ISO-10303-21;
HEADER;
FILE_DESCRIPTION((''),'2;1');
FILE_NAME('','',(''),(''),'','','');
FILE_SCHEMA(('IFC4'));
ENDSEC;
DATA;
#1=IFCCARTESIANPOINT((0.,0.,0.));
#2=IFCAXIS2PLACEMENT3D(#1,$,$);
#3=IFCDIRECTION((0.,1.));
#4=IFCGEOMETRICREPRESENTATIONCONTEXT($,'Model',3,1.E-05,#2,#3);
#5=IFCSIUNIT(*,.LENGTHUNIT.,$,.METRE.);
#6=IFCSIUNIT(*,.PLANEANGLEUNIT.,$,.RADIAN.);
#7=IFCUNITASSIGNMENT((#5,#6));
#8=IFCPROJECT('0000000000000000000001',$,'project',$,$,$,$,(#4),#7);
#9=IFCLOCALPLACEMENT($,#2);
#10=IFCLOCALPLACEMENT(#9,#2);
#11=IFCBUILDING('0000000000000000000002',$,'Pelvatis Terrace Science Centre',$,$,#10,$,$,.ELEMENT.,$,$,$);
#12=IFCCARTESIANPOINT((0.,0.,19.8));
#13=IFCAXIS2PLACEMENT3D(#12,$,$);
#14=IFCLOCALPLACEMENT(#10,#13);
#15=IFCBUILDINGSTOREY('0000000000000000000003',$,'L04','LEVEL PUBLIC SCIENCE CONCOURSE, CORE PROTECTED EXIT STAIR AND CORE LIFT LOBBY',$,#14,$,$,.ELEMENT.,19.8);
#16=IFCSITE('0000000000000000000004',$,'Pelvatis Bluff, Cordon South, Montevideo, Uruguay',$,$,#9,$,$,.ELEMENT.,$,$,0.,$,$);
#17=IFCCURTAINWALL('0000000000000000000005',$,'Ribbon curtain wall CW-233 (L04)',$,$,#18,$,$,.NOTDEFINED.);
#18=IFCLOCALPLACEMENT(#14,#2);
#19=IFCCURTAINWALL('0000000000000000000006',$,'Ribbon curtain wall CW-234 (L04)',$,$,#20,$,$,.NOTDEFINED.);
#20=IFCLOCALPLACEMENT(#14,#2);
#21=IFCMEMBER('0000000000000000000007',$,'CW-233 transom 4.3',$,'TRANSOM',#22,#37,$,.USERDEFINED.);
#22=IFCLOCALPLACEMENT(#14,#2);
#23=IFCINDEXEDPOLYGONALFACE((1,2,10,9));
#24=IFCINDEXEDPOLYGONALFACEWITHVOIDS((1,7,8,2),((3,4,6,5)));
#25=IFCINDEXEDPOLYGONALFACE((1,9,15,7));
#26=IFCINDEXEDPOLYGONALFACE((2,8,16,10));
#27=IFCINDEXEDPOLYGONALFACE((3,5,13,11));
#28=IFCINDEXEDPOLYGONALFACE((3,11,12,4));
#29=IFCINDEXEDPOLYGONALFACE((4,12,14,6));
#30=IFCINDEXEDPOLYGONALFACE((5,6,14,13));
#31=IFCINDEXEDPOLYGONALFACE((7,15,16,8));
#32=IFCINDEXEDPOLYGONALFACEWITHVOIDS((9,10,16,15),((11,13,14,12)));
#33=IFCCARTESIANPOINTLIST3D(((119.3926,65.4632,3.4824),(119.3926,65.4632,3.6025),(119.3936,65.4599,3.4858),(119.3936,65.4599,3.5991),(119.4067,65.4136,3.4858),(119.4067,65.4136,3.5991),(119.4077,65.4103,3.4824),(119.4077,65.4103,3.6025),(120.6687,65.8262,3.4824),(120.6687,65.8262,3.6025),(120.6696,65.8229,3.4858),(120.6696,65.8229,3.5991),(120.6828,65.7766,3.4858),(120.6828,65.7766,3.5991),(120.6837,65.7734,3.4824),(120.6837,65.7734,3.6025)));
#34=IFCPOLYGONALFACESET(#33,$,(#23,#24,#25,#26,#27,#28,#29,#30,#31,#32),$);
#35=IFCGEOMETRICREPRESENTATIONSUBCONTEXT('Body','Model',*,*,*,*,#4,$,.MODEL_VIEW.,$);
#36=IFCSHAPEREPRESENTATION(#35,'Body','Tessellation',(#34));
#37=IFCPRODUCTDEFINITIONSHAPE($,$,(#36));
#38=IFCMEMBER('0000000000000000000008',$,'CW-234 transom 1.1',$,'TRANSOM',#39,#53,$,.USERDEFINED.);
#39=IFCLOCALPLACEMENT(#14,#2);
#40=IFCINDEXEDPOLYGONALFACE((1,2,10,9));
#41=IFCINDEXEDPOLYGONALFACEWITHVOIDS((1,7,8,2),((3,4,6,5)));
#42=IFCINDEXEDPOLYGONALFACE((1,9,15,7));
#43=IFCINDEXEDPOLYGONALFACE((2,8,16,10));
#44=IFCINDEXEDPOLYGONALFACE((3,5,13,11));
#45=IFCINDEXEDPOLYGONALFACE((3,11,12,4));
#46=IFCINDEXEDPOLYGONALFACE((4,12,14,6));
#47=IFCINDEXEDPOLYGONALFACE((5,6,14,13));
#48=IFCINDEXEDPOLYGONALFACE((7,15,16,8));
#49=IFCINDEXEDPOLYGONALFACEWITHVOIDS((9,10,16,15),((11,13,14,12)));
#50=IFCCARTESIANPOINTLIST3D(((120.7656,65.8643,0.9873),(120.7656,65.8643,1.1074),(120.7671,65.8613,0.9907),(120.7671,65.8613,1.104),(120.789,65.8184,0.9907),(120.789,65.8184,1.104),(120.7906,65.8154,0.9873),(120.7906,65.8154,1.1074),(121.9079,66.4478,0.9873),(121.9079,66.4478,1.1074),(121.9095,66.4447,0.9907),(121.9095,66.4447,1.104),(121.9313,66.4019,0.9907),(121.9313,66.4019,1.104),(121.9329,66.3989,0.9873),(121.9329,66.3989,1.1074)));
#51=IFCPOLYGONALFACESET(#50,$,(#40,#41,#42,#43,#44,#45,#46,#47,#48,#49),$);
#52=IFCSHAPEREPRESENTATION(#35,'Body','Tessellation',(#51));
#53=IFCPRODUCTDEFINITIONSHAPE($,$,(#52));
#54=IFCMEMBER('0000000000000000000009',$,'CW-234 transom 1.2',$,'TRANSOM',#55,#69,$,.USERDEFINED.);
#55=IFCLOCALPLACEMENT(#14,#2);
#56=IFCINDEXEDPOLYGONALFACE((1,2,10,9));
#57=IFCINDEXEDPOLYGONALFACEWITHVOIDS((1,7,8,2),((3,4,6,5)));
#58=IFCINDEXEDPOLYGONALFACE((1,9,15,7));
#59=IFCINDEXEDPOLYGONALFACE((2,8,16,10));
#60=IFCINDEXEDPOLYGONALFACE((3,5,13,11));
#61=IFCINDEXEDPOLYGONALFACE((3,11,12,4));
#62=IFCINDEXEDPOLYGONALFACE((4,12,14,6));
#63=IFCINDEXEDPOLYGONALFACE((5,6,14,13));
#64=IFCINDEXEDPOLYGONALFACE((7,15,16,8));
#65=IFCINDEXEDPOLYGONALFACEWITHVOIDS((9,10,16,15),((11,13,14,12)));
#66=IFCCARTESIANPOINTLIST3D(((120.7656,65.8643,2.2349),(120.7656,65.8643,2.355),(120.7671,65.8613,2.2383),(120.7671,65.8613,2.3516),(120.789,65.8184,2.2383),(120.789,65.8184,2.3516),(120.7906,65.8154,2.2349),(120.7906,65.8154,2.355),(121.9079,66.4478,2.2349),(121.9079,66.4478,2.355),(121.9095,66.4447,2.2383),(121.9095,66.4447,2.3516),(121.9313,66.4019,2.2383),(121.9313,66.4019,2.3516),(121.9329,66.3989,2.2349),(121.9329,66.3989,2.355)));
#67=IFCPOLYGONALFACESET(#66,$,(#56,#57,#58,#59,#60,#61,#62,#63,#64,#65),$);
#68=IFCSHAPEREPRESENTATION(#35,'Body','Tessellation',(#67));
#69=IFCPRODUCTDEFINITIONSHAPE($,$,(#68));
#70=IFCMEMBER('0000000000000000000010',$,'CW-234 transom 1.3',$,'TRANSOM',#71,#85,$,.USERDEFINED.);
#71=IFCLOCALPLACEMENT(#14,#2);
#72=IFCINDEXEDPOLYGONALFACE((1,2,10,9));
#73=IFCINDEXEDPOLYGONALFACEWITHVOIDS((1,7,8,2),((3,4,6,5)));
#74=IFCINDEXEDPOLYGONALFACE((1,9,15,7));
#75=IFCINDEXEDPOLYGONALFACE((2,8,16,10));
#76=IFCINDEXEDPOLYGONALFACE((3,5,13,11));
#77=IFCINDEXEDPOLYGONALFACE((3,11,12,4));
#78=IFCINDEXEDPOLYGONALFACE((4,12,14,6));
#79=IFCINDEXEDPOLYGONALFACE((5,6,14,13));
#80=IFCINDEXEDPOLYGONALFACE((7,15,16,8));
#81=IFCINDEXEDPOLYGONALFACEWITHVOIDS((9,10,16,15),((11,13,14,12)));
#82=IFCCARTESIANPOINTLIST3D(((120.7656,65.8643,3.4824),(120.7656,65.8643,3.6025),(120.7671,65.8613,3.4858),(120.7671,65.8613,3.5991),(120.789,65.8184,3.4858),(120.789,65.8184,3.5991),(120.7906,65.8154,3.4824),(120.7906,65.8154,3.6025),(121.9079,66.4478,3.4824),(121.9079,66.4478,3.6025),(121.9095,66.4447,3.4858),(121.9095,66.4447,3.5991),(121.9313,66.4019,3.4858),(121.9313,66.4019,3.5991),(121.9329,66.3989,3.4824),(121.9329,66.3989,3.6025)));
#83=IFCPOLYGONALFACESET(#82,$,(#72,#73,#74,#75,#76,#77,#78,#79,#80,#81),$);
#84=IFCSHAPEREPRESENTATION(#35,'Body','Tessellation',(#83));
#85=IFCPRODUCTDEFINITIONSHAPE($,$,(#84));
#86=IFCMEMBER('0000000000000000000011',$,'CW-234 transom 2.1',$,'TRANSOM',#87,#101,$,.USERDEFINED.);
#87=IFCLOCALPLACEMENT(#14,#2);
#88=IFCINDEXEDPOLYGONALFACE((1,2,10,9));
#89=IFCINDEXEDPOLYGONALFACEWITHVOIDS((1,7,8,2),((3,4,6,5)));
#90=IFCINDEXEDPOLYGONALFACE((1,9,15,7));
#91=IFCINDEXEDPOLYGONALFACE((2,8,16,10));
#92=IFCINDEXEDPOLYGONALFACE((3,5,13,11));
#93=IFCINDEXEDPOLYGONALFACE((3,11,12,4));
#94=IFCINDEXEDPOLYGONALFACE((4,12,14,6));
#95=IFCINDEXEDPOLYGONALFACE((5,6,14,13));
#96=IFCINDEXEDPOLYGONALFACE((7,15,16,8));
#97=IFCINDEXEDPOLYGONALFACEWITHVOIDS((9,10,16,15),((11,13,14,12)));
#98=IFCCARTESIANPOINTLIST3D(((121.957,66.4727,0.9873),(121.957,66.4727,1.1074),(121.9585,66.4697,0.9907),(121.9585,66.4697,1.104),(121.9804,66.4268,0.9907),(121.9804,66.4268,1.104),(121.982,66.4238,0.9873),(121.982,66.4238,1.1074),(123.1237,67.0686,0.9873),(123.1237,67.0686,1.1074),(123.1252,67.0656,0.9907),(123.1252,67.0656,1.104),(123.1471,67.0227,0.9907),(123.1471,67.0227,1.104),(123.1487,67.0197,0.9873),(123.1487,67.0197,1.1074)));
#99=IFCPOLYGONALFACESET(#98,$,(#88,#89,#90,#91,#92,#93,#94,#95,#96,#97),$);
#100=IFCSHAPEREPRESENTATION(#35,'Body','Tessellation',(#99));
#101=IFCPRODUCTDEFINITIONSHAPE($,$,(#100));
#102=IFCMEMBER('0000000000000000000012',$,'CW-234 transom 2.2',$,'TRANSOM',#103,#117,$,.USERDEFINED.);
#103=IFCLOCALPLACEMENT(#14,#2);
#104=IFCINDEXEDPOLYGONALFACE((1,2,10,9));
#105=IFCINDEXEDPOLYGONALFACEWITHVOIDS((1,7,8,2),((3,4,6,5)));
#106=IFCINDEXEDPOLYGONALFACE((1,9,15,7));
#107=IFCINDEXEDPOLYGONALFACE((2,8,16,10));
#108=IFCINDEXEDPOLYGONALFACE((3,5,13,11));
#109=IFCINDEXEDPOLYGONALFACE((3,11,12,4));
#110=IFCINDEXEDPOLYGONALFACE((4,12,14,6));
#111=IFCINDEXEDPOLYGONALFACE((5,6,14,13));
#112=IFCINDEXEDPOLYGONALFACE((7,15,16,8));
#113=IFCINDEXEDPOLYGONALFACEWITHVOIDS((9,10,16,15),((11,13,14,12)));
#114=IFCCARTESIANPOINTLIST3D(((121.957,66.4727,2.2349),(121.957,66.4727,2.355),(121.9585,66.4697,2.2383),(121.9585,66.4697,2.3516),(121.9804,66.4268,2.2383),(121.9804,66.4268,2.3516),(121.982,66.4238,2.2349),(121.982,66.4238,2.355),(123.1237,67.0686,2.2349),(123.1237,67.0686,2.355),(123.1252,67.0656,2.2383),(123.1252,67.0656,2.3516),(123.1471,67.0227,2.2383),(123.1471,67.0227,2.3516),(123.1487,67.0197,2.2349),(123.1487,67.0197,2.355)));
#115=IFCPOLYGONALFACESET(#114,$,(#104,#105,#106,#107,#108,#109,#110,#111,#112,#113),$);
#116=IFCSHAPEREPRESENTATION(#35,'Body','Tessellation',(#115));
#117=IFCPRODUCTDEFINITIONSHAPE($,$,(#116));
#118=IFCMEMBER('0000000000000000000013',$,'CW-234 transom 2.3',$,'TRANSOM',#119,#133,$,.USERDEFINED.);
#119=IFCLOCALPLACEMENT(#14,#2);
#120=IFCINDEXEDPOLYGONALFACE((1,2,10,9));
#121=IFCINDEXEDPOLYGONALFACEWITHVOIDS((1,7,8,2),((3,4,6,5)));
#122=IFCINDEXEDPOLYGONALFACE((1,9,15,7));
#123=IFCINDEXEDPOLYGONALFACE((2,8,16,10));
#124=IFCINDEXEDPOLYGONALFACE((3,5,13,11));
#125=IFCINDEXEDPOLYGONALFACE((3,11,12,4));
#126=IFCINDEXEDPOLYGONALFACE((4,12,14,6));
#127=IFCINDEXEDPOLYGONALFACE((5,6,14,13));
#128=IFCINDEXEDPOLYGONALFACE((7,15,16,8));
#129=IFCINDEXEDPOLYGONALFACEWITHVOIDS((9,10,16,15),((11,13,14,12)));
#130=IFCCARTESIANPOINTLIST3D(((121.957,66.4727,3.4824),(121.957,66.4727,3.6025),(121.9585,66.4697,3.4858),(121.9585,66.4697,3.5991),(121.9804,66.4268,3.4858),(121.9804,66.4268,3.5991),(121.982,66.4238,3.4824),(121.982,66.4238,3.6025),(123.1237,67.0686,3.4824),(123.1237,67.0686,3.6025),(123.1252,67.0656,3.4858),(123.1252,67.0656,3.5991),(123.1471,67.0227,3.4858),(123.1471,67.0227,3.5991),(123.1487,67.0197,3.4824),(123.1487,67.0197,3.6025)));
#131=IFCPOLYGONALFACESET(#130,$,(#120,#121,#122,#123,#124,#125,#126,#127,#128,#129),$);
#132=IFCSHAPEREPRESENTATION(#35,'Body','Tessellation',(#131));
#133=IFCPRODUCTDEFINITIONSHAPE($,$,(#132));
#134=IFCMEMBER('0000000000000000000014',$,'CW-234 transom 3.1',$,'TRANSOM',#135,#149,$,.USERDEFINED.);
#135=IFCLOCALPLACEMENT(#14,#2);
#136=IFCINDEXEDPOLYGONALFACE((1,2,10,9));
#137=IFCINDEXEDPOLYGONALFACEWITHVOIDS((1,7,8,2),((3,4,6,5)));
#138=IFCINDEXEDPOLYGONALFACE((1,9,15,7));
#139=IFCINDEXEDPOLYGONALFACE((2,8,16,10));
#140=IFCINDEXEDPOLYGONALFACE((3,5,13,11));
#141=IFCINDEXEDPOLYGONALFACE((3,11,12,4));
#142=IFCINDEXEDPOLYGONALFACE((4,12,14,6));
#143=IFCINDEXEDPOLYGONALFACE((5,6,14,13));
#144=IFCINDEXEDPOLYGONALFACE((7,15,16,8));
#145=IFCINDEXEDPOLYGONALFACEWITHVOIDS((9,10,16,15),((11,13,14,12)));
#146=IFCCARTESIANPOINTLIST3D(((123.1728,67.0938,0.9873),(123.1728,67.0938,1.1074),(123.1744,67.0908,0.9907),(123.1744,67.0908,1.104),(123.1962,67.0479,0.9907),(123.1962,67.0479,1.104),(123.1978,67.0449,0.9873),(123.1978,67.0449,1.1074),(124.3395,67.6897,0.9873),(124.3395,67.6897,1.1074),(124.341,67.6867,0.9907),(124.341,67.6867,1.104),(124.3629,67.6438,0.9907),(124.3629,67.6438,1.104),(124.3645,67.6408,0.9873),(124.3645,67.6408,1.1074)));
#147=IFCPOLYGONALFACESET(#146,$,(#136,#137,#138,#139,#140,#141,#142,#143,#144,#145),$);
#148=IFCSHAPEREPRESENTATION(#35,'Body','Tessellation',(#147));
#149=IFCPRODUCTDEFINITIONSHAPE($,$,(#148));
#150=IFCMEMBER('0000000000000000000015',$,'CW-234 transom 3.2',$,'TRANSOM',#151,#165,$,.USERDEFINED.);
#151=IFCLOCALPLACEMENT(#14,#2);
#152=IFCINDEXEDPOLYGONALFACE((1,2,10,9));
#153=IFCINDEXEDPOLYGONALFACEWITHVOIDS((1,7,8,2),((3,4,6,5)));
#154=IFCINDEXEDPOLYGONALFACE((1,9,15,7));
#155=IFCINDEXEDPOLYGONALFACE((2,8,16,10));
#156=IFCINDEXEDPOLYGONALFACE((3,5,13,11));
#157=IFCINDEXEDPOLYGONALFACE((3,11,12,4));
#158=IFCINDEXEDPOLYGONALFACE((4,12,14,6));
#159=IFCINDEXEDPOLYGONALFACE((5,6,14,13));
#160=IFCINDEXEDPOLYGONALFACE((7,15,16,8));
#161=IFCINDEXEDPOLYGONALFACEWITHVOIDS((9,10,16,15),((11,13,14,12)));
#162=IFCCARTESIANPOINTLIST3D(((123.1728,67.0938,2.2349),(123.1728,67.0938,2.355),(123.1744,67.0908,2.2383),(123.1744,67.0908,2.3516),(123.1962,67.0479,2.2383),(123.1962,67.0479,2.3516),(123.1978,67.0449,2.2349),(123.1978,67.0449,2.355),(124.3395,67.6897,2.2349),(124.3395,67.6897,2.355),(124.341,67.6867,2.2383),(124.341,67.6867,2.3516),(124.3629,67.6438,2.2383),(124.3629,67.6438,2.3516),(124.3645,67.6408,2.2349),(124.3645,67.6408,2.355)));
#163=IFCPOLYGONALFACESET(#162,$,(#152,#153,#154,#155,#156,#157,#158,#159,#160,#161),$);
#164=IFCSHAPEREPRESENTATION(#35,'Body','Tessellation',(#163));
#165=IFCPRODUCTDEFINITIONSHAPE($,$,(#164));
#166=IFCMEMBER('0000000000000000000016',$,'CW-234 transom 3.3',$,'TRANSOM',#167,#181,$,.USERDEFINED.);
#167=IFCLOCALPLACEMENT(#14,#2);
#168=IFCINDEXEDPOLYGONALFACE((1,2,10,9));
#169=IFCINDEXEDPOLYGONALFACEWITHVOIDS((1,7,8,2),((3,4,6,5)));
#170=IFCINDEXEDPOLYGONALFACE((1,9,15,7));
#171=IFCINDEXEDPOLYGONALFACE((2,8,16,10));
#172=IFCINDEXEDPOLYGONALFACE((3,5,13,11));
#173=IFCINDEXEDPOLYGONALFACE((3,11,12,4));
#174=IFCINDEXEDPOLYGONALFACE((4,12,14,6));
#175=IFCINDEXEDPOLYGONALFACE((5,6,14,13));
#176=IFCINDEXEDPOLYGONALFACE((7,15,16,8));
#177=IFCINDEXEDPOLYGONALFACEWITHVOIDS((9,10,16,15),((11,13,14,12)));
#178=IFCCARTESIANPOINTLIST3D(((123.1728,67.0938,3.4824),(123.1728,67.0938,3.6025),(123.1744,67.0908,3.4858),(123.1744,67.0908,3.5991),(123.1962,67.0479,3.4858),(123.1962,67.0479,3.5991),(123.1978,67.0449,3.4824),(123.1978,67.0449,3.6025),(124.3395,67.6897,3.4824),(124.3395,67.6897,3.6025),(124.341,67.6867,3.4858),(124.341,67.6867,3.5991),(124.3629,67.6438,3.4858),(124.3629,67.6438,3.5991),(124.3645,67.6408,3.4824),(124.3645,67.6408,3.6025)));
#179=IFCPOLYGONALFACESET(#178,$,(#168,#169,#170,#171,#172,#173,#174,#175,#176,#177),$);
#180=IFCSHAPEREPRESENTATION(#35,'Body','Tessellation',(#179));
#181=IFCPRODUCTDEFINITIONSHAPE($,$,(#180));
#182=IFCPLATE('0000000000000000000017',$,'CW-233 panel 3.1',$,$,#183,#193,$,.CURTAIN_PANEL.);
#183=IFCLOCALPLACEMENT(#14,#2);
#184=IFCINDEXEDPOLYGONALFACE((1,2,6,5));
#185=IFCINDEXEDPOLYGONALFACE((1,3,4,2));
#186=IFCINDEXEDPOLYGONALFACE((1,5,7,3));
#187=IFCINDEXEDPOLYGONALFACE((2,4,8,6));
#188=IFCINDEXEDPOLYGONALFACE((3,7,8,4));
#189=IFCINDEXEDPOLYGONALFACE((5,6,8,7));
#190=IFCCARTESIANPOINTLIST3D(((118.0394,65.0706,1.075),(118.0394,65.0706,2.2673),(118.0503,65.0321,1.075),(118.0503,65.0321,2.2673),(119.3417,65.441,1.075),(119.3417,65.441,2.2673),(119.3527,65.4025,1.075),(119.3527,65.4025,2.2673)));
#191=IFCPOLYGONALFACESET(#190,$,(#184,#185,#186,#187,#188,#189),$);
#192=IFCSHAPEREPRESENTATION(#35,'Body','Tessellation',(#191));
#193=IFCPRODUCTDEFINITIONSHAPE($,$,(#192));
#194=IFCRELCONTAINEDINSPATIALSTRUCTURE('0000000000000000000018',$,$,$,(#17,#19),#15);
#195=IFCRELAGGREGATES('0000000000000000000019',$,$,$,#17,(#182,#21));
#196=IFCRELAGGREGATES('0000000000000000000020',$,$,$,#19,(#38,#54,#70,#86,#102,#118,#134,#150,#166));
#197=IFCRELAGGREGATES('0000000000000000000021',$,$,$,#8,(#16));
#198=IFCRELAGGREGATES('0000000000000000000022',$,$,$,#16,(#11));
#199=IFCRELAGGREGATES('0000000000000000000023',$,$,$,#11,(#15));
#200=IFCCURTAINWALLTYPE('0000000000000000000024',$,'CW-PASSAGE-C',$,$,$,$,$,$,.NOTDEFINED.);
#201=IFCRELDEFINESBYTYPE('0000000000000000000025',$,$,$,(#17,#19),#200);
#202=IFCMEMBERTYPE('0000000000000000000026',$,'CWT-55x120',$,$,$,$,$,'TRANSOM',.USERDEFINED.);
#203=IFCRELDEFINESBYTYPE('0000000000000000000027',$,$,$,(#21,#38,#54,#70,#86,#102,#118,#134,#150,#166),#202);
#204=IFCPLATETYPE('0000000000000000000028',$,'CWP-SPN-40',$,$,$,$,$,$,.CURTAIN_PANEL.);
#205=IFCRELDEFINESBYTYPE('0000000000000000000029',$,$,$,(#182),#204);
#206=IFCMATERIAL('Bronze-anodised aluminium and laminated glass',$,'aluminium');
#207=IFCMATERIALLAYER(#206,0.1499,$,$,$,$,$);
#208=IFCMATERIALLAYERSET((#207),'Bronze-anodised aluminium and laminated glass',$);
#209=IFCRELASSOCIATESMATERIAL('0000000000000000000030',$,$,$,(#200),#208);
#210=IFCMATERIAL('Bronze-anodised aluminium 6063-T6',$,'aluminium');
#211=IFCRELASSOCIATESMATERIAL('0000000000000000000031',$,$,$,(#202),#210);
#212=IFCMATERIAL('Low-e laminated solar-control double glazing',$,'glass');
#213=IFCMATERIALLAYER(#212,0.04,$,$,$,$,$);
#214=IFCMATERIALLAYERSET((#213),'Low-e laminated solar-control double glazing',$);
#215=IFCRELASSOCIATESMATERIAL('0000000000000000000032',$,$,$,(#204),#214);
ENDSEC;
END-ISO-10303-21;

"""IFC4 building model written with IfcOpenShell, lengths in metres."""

from ifc_helpers import new_model, si_unit, direction, frame, origin, origin_2d, place, context, subcontext, project, spatial, rectangle, hollow_rectangle, extrude, material, layer, layer_set, material_profile, profile_set, type_object, element, aggregate, save


model = new_model("IFC4")

# Units and contexts
model_context = context("Model", 3, precision=1e-05, world=origin(), true_north=direction((0.0, 1.0)))
body_context = subcontext(model_context, "Body", "Model", "MODEL_VIEW")
ifc_project = project(units=[si_unit("LENGTHUNIT", "METRE"), si_unit("PLANEANGLEUNIT", "RADIAN")], contexts=[model_context])

# Site, building, storey
site_placement = place(None, origin())
site = spatial("IfcSite", under=ifc_project, at=site_placement, Name="Pelvatis Bluff, Cordon South, Montevideo, Uruguay", CompositionType="ELEMENT", RefElevation=0.0)
building_placement = place(site_placement, origin())
building = spatial("IfcBuilding", under=site, at=building_placement, Name="Pelvatis Terrace Science Centre", CompositionType="ELEMENT")
storey_placement = place(building_placement, frame((0.0, 0.0, 19.8)))
storey = spatial("IfcBuildingStorey", under=building, at=storey_placement, Name="L04", Description="LEVEL PUBLIC SCIENCE CONCOURSE, CORE PROTECTED EXIT STAIR AND CORE LIFT LOBBY", CompositionType="ELEMENT", Elevation=19.8)

# Curtain walls
ifc_material_1 = material(Name="Bronze-anodised aluminium and laminated glass", Category="aluminium")
ifc_layer_1 = layer(ifc_material_1, 0.1499)
ifc_layer_set_1 = layer_set([ifc_layer_1], Name="Bronze-anodised aluminium and laminated glass")
curtain_wall_type = type_object("IfcCurtainWallType", Name="CW-PASSAGE-C", PredefinedType="NOTDEFINED", material=ifc_layer_set_1)
curtain_wall_1_placement = place(storey_placement, origin())
curtain_wall_1 = element("IfcCurtainWall", 1, at=curtain_wall_1_placement, inside=storey, type_object=curtain_wall_type, Name="Ribbon curtain wall CW-233 (L04)", PredefinedType="NOTDEFINED")
curtain_wall_2_placement = place(storey_placement, origin())
curtain_wall_2 = element("IfcCurtainWall", 2, at=curtain_wall_2_placement, inside=storey, type_object=curtain_wall_type, Name="Ribbon curtain wall CW-234 (L04)", PredefinedType="NOTDEFINED")

# Members
ifc_material_2 = material(Name="Bronze-anodised aluminium 6063-T6", Category="aluminium")
ifc_material_profile_1 = material_profile(ifc_material_2, hollow_rectangle(XDim=0.0549, YDim=0.1201, WallThickness=0.0034, at=origin_2d()), Name="ALU-TRN 55x120")
ifc_profile_set_1 = profile_set([ifc_material_profile_1], Name="Bronze-anodised aluminium 6063-T6")
member_type_1 = type_object("IfcMemberType", Name="CWT-55x120", ElementType="TRANSOM", PredefinedType="USERDEFINED", material=ifc_profile_set_1)
member_1_placement = place(storey_placement, frame((119.4001, 65.4368, 3.5425), z_axis=(0.961836, 0.273627, 0.0), x_axis=(-0.273627, 0.961836, 0.0)))
member_1 = element("IfcMember", 3, at=member_1_placement, type_object=member_type_1, Name="CW-233 transom 4.3", ObjectType="TRANSOM", PredefinedType="USERDEFINED", context=body_context, shape_type="SweptSolid", body=[
    extrude(hollow_rectangle(XDim=0.0549, YDim=0.1201, WallThickness=0.0034, at=origin_2d()), origin(), (0.0, 0.0, 1.0), 1.3267),
])
member_2_placement = place(storey_placement, frame((120.7781, 65.8398, 1.0474), z_axis=(0.890549, 0.454886, 0.0), x_axis=(-0.454886, 0.890549, 0.0)))
member_2 = element("IfcMember", 4, at=member_2_placement, type_object=member_type_1, Name="CW-234 transom 1.1", ObjectType="TRANSOM", PredefinedType="USERDEFINED", context=body_context, shape_type="SweptSolid", body=[
    extrude(hollow_rectangle(XDim=0.0549, YDim=0.1201, WallThickness=0.0034, at=origin_2d()), origin(), (0.0, 0.0, 1.0), 1.2827),
])
member_3_placement = place(storey_placement, frame((120.7781, 65.8398, 2.2949), z_axis=(0.890549, 0.454886, 0.0), x_axis=(-0.454886, 0.890549, 0.0)))
member_3 = element("IfcMember", 5, at=member_3_placement, type_object=member_type_1, Name="CW-234 transom 1.2", ObjectType="TRANSOM", PredefinedType="USERDEFINED", context=body_context, shape_type="SweptSolid", body=[
    extrude(hollow_rectangle(XDim=0.0549, YDim=0.1201, WallThickness=0.0034, at=origin_2d()), origin(), (0.0, 0.0, 1.0), 1.2827),
])
member_4_placement = place(storey_placement, frame((120.7781, 65.8398, 3.5425), z_axis=(0.890549, 0.454886, 0.0), x_axis=(-0.454886, 0.890549, 0.0)))
member_4 = element("IfcMember", 6, at=member_4_placement, type_object=member_type_1, Name="CW-234 transom 1.3", ObjectType="TRANSOM", PredefinedType="USERDEFINED", context=body_context, shape_type="SweptSolid", body=[
    extrude(hollow_rectangle(XDim=0.0549, YDim=0.1201, WallThickness=0.0034, at=origin_2d()), origin(), (0.0, 0.0, 1.0), 1.2827),
])
member_5_placement = place(storey_placement, frame((121.9695, 66.4482, 1.0474), z_axis=(0.890555, 0.454875, 0.0), x_axis=(-0.454875, 0.890555, 0.0)))
member_5 = element("IfcMember", 7, at=member_5_placement, type_object=member_type_1, Name="CW-234 transom 2.1", ObjectType="TRANSOM", PredefinedType="USERDEFINED", context=body_context, shape_type="SweptSolid", body=[
    extrude(hollow_rectangle(XDim=0.0549, YDim=0.1201, WallThickness=0.0034, at=origin_2d()), origin(), (0.0, 0.0, 1.0), 1.3101),
])
member_6_placement = place(storey_placement, frame((121.9695, 66.4482, 2.2949), z_axis=(0.890555, 0.454875, 0.0), x_axis=(-0.454875, 0.890555, 0.0)))
member_6 = element("IfcMember", 8, at=member_6_placement, type_object=member_type_1, Name="CW-234 transom 2.2", ObjectType="TRANSOM", PredefinedType="USERDEFINED", context=body_context, shape_type="SweptSolid", body=[
    extrude(hollow_rectangle(XDim=0.0549, YDim=0.1201, WallThickness=0.0034, at=origin_2d()), origin(), (0.0, 0.0, 1.0), 1.3101),
])
member_7_placement = place(storey_placement, frame((121.9695, 66.4482, 3.5425), z_axis=(0.890555, 0.454875, 0.0), x_axis=(-0.454875, 0.890555, 0.0)))
member_7 = element("IfcMember", 9, at=member_7_placement, type_object=member_type_1, Name="CW-234 transom 2.3", ObjectType="TRANSOM", PredefinedType="USERDEFINED", context=body_context, shape_type="SweptSolid", body=[
    extrude(hollow_rectangle(XDim=0.0549, YDim=0.1201, WallThickness=0.0034, at=origin_2d()), origin(), (0.0, 0.0, 1.0), 1.3101),
])
member_8_placement = place(storey_placement, frame((123.1853, 67.0693, 1.0474), z_axis=(0.890555, 0.454875, 0.0), x_axis=(-0.454875, 0.890555, 0.0)))
member_8 = element("IfcMember", 10, at=member_8_placement, type_object=member_type_1, Name="CW-234 transom 3.1", ObjectType="TRANSOM", PredefinedType="USERDEFINED", context=body_context, shape_type="SweptSolid", body=[
    extrude(hollow_rectangle(XDim=0.0549, YDim=0.1201, WallThickness=0.0034, at=origin_2d()), origin(), (0.0, 0.0, 1.0), 1.3101),
])
member_9_placement = place(storey_placement, frame((123.1853, 67.0693, 2.2949), z_axis=(0.890555, 0.454875, 0.0), x_axis=(-0.454875, 0.890555, 0.0)))
member_9 = element("IfcMember", 11, at=member_9_placement, type_object=member_type_1, Name="CW-234 transom 3.2", ObjectType="TRANSOM", PredefinedType="USERDEFINED", context=body_context, shape_type="SweptSolid", body=[
    extrude(hollow_rectangle(XDim=0.0549, YDim=0.1201, WallThickness=0.0034, at=origin_2d()), origin(), (0.0, 0.0, 1.0), 1.3101),
])
member_10_placement = place(storey_placement, frame((123.1853, 67.0693, 3.5425), z_axis=(0.890555, 0.454875, 0.0), x_axis=(-0.454875, 0.890555, 0.0)))
member_10 = element("IfcMember", 12, at=member_10_placement, type_object=member_type_1, Name="CW-234 transom 3.3", ObjectType="TRANSOM", PredefinedType="USERDEFINED", context=body_context, shape_type="SweptSolid", body=[
    extrude(hollow_rectangle(XDim=0.0549, YDim=0.1201, WallThickness=0.0034, at=origin_2d()), origin(), (0.0, 0.0, 1.0), 1.3101),
])

# Plate
ifc_material_3 = material(Name="Low-e laminated solar-control double glazing", Category="glass")
ifc_layer_2 = layer(ifc_material_3, 0.04)
ifc_layer_set_2 = layer_set([ifc_layer_2], Name="Low-e laminated solar-control double glazing")
plate_type = type_object("IfcPlateType", Name="CWP-SPN-40", PredefinedType="CURTAIN_PANEL", material=ifc_layer_set_2)
plate_1_placement = place(storey_placement, frame((118.696, 65.2366, 1.075), z_axis=(0.0, 0.0, 1.0), x_axis=(0.96185, 0.273577, 0.0)))
plate_1 = element("IfcPlate", 13, at=plate_1_placement, type_object=plate_type, Name="CW-233 panel 3.1", PredefinedType="CURTAIN_PANEL", context=body_context, shape_type="SweptSolid", body=[
    extrude(rectangle(XDim=1.354, YDim=0.04, at=origin_2d()), origin(), (0.0, 0.0, 1.0), 1.1924),
])
aggregate(curtain_wall_1, [plate_1, member_1])
aggregate(curtain_wall_2, [member_2, member_3, member_4, member_5, member_6, member_7, member_8, member_9, member_10])

save(model, "model.ifc")
